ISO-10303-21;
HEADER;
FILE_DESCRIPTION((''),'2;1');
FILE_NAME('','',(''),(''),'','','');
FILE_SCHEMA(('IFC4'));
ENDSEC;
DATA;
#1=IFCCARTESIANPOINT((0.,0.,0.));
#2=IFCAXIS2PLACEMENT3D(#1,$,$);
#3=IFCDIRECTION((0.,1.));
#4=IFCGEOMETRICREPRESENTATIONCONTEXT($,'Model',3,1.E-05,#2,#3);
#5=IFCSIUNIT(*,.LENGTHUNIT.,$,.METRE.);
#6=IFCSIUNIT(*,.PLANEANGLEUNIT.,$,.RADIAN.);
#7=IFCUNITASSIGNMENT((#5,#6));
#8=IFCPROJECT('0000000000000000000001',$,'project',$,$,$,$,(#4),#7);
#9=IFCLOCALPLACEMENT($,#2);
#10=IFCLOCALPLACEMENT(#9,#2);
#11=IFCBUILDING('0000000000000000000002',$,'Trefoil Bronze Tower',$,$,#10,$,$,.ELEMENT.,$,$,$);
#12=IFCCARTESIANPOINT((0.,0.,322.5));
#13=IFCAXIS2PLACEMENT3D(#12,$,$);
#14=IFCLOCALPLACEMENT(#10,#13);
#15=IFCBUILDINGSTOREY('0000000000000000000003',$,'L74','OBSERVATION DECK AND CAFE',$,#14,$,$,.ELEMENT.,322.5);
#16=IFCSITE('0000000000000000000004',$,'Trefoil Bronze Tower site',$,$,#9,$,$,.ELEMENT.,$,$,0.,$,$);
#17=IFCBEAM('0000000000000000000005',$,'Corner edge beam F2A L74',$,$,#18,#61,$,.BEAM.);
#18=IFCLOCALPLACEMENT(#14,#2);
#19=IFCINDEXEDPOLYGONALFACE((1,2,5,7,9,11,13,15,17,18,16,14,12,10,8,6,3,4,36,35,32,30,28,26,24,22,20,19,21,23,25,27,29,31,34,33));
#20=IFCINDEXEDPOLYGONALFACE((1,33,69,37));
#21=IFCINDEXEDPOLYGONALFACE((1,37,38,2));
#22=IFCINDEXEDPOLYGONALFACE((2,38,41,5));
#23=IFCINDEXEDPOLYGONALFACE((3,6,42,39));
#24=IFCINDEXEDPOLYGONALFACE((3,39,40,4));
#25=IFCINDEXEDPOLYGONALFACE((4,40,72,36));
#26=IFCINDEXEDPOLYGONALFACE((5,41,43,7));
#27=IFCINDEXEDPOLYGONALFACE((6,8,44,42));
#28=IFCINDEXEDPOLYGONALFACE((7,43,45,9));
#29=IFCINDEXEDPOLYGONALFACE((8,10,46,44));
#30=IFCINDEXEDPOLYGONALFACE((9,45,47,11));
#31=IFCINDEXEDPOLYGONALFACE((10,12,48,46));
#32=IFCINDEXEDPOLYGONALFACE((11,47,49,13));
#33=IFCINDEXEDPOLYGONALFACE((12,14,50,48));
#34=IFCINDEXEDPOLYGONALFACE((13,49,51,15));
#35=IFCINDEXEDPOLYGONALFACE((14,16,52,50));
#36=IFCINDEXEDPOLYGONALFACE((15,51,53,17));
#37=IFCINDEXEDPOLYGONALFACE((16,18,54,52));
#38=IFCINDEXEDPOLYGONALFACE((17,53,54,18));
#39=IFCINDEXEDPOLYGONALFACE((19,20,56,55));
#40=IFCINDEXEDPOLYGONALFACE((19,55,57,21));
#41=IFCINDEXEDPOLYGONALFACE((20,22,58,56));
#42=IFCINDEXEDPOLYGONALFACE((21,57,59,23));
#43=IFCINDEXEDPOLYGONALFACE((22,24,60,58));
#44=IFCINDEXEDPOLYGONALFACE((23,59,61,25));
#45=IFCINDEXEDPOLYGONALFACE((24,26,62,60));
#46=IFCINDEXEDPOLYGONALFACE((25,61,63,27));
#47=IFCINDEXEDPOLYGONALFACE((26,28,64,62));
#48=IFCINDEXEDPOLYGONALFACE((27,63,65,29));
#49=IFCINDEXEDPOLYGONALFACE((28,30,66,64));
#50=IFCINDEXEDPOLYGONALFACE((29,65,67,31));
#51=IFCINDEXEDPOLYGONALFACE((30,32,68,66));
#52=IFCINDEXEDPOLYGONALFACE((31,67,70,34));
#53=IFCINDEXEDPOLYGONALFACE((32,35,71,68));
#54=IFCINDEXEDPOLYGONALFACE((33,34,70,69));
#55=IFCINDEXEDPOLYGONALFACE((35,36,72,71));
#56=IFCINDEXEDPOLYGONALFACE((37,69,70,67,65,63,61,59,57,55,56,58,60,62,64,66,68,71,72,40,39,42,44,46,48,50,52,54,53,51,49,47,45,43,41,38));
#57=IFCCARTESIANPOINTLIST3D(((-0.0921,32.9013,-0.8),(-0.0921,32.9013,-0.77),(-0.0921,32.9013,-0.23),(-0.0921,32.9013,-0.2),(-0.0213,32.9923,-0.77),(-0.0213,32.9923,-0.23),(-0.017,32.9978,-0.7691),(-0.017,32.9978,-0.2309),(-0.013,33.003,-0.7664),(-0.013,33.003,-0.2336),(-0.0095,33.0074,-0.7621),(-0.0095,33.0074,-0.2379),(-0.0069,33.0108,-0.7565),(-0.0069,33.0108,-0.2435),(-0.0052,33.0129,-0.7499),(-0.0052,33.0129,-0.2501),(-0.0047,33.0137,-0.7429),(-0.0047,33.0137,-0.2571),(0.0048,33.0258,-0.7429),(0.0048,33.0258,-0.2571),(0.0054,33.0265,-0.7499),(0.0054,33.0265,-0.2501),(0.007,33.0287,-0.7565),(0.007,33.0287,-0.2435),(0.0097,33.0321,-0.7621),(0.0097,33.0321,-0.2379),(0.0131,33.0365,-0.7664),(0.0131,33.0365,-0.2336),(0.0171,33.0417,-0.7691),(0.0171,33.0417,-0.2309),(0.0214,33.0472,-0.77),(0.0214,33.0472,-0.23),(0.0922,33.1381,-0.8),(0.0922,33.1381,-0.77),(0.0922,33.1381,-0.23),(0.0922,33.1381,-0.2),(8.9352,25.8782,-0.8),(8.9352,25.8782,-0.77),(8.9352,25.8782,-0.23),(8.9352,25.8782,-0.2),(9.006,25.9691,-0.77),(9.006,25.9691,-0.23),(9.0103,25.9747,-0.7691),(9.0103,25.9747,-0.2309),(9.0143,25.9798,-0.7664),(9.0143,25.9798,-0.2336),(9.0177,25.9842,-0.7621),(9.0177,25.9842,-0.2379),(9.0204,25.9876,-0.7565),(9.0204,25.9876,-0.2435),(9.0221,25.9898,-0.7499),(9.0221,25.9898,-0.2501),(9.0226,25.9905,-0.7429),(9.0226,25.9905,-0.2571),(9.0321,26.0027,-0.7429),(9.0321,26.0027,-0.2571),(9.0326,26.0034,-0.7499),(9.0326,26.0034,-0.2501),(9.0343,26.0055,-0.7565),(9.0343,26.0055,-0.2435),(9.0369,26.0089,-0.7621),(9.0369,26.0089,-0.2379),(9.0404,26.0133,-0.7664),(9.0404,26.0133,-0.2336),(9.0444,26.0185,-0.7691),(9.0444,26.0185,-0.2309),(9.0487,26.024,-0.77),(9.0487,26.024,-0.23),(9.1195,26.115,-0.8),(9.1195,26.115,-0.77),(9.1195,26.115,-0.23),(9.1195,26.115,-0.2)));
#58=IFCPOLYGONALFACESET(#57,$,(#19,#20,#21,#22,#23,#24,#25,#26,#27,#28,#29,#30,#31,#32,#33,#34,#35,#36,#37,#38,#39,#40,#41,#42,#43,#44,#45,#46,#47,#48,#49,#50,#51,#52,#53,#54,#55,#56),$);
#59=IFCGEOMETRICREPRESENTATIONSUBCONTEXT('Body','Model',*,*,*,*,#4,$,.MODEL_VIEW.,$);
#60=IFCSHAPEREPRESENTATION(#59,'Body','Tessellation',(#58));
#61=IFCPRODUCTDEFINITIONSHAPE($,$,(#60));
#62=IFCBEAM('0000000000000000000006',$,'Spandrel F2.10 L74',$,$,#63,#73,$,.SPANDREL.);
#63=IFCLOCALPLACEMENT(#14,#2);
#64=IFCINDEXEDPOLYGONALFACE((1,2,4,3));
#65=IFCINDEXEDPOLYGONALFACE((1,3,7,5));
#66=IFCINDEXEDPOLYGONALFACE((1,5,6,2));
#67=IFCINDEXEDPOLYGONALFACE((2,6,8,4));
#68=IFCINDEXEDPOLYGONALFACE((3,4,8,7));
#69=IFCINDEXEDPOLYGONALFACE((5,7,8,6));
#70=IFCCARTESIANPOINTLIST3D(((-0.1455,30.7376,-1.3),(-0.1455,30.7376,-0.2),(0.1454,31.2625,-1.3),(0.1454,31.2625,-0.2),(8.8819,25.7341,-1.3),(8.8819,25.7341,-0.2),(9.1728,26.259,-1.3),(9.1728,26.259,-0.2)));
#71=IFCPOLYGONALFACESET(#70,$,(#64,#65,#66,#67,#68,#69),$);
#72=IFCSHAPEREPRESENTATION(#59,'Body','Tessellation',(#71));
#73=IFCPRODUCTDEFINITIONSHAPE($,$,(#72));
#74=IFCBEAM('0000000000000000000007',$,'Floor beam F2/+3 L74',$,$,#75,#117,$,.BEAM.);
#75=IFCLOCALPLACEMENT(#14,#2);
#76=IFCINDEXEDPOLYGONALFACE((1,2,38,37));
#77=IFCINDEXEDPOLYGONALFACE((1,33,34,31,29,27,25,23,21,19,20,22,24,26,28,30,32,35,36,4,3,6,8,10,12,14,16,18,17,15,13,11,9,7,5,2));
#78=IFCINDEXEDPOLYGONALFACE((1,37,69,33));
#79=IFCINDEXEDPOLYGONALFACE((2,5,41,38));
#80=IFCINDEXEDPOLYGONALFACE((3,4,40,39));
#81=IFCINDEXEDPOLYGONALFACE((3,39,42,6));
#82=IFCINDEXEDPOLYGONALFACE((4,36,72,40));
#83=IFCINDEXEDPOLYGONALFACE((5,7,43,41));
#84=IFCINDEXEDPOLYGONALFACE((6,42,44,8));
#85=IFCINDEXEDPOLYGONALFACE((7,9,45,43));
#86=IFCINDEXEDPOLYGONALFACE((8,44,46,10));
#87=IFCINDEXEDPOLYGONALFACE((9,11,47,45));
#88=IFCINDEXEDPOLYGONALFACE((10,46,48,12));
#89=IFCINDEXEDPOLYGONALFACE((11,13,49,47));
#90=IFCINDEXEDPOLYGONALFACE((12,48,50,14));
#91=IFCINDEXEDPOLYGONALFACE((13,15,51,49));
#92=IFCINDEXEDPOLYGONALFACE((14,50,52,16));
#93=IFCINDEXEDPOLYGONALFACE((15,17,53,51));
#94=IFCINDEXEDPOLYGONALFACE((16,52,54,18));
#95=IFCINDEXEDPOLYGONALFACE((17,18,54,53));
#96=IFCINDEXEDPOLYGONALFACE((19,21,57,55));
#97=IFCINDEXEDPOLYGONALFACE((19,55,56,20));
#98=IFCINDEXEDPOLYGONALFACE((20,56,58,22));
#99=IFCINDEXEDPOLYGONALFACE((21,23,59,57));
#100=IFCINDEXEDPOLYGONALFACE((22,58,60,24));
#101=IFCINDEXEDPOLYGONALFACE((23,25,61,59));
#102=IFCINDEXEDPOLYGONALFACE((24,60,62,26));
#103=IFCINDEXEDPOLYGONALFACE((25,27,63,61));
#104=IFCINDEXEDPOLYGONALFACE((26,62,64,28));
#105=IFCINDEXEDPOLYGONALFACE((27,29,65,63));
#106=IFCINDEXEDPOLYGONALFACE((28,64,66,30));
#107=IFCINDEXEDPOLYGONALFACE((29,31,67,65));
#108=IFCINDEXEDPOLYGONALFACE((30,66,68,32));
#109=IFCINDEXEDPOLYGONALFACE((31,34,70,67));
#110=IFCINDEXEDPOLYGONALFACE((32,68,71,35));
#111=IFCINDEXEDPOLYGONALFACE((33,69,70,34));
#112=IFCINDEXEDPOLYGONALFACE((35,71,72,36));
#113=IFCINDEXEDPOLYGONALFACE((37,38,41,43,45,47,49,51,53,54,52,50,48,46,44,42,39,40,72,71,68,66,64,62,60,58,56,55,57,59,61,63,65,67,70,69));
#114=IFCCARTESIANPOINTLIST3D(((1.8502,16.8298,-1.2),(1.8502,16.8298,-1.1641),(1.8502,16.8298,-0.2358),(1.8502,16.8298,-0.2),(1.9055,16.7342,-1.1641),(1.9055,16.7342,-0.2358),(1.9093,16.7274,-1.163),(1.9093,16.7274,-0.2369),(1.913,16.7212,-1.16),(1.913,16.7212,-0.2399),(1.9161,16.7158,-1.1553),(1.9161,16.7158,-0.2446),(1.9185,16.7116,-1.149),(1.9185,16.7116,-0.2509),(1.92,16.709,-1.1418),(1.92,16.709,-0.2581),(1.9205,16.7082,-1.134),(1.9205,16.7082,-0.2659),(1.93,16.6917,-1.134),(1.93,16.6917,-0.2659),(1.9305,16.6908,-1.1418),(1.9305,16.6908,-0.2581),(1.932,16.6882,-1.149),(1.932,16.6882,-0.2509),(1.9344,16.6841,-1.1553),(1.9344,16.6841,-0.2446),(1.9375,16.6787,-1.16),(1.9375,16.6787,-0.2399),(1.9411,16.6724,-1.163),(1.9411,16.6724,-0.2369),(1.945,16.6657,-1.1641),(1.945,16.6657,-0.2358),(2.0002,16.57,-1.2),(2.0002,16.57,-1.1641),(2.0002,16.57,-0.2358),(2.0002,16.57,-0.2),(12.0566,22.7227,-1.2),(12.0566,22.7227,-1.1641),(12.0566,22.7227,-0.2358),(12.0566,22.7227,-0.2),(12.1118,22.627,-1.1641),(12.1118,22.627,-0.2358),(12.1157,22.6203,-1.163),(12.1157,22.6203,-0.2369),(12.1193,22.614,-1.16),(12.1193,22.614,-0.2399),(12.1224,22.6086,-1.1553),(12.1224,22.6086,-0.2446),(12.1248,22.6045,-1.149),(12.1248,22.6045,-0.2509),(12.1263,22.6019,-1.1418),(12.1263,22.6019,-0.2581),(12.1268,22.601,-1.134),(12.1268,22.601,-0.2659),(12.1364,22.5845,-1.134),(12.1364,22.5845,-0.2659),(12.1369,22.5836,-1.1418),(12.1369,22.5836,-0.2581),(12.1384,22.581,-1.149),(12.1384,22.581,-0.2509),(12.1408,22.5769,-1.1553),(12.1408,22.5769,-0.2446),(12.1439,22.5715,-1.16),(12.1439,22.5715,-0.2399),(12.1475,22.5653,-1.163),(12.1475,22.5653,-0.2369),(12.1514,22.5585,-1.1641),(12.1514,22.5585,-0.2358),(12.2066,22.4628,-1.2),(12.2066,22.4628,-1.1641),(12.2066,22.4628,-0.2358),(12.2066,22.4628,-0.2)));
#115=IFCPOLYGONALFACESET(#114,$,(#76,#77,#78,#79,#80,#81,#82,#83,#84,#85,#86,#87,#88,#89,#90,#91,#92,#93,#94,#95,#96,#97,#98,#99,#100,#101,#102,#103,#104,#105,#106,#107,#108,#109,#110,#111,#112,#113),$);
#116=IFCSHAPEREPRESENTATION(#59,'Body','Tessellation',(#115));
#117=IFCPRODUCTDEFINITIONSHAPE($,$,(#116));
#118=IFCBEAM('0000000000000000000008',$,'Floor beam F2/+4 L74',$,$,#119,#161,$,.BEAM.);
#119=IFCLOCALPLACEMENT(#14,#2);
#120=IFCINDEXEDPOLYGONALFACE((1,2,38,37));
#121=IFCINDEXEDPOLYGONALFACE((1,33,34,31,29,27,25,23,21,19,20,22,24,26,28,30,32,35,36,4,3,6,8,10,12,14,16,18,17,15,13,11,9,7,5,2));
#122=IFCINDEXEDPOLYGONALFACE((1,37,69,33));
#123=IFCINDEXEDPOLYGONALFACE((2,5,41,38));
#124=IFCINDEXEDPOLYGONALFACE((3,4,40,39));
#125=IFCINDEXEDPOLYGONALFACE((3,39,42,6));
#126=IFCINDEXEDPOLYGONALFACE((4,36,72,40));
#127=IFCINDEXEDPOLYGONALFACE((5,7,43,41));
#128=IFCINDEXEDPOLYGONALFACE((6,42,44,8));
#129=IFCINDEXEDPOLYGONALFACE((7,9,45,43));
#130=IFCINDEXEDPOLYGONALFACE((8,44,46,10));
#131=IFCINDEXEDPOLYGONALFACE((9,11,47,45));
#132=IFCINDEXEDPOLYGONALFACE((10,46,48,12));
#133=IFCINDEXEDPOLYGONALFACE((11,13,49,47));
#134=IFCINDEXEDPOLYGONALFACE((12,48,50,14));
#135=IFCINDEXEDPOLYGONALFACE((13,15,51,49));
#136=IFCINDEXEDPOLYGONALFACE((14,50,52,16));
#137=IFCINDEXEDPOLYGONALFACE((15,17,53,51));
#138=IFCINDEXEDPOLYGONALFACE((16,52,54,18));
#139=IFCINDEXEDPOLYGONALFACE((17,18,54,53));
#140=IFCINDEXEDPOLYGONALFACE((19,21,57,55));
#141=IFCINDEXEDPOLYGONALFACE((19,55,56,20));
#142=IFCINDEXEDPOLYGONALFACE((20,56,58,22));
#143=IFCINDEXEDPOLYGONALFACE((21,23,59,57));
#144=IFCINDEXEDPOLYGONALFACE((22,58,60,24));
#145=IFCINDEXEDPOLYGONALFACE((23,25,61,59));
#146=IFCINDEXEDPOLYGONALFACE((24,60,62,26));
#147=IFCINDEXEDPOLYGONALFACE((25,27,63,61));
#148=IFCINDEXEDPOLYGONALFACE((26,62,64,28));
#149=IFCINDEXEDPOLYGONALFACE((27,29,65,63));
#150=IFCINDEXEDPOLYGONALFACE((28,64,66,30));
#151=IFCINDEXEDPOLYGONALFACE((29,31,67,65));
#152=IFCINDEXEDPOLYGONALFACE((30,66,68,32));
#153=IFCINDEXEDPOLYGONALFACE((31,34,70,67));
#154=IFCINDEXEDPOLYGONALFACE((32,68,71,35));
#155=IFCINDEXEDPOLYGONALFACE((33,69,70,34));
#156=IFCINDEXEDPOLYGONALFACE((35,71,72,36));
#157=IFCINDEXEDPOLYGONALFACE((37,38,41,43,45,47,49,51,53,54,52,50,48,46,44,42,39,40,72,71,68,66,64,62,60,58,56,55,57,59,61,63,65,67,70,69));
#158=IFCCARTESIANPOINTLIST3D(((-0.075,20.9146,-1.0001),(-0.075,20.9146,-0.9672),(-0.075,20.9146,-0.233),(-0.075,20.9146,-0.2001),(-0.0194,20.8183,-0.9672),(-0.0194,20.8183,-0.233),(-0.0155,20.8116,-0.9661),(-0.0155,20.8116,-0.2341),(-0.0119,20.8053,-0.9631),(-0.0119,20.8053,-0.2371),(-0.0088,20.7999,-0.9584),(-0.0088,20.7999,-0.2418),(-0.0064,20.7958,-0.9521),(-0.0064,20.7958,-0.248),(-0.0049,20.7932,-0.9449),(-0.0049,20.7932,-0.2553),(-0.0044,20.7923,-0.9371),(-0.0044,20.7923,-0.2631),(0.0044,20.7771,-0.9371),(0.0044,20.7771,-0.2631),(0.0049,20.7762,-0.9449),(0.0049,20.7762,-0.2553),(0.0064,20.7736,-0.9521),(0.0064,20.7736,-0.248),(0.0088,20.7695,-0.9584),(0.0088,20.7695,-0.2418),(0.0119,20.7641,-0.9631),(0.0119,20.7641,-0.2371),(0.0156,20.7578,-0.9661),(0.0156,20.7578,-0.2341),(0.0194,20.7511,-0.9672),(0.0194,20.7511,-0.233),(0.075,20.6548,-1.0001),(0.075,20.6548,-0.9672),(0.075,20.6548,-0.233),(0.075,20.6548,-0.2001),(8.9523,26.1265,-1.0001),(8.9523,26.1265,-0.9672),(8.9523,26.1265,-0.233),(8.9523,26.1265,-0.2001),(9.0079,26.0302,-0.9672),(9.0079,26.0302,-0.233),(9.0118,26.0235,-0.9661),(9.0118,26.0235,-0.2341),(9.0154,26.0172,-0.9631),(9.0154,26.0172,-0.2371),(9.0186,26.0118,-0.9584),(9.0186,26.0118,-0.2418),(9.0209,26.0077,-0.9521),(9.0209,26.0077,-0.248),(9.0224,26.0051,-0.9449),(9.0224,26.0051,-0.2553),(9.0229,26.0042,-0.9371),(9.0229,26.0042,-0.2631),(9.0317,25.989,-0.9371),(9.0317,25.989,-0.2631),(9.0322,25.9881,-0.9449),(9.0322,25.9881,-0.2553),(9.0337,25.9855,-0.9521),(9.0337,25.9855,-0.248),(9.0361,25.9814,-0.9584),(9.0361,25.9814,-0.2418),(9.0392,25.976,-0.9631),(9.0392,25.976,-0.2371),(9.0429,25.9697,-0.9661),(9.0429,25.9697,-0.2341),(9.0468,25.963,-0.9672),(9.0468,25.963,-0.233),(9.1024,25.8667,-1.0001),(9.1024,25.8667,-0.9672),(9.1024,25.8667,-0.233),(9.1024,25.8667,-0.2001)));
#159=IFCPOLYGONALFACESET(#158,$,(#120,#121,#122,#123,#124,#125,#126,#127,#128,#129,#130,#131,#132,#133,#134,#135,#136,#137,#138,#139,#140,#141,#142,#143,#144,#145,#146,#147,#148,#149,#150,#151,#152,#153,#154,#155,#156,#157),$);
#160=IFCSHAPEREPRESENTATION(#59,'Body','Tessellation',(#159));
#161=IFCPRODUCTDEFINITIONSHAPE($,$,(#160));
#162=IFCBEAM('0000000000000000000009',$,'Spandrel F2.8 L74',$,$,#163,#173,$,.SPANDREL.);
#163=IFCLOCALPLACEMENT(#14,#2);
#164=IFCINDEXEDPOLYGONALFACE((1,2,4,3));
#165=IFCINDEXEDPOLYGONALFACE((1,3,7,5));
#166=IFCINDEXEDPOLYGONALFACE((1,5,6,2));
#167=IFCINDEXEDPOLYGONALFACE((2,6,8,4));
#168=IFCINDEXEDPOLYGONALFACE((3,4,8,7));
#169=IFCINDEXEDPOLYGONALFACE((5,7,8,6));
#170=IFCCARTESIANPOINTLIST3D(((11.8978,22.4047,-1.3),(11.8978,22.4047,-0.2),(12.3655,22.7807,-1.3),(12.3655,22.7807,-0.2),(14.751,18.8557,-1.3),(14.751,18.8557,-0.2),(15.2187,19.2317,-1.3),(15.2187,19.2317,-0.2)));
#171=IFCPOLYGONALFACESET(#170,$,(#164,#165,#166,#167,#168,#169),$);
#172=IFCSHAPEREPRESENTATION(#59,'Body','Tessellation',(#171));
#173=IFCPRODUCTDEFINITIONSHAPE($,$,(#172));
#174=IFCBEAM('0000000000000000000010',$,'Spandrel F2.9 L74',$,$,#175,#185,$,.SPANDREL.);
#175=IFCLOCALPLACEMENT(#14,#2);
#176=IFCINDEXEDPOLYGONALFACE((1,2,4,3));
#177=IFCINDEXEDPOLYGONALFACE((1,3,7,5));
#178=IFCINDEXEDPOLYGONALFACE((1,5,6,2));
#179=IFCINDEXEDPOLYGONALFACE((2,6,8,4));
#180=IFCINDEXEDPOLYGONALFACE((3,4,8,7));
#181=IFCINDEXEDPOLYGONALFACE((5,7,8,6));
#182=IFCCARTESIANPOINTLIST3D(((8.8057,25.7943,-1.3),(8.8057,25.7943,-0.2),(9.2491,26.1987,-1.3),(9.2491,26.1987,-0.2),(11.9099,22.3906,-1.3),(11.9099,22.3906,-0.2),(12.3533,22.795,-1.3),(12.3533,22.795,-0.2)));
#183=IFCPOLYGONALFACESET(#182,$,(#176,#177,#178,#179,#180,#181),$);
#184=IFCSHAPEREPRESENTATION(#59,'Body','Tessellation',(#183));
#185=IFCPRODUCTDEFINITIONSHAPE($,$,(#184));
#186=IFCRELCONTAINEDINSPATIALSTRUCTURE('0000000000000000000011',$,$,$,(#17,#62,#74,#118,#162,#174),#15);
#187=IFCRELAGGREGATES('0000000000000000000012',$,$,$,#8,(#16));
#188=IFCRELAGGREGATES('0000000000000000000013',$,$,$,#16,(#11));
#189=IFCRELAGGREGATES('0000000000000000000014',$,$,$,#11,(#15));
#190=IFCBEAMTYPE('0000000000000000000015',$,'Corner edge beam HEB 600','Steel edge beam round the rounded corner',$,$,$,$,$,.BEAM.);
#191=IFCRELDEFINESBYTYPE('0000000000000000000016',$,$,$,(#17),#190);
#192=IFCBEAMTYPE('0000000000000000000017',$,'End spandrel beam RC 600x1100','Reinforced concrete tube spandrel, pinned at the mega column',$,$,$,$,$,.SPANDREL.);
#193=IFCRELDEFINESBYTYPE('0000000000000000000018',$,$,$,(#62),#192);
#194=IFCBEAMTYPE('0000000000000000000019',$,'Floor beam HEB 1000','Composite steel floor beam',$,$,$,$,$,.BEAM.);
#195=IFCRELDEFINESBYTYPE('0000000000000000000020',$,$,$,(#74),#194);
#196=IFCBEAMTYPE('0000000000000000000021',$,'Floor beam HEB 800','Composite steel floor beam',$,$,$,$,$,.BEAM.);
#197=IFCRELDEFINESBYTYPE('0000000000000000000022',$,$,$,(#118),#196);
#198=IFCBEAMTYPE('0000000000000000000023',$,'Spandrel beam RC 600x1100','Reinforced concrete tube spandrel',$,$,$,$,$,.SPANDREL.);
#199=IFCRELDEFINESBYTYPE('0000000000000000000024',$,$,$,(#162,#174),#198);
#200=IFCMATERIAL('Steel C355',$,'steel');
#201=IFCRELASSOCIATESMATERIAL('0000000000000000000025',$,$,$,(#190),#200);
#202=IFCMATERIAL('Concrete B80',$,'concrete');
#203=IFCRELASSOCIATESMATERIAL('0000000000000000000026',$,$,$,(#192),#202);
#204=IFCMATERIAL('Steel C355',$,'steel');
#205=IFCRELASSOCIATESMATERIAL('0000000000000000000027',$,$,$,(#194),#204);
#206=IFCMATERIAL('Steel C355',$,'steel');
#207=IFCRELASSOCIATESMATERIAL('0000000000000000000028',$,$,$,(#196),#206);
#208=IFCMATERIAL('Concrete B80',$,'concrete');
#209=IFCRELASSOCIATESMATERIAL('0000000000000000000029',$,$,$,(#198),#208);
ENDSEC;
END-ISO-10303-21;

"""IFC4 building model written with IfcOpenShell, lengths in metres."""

from ifc_helpers import new_model, si_unit, direction, frame, origin, origin_2d, place, context, subcontext, project, spatial, rectangle, i_section, extrude, material, material_profile, profile_set, type_object, element, save


model = new_model("IFC4")

# Units and contexts
model_context = context("Model", 3, precision=1e-05, world=origin(), true_north=direction((0.0, 1.0)))
body_context = subcontext(model_context, "Body", "Model", "MODEL_VIEW")
ifc_project = project(units=[si_unit("LENGTHUNIT", "METRE"), si_unit("PLANEANGLEUNIT", "RADIAN")], contexts=[model_context])

# Site, building, storey
site_placement = place(None, origin())
site = spatial("IfcSite", under=ifc_project, at=site_placement, Name="Trefoil Bronze Tower site", CompositionType="ELEMENT", RefElevation=0.0)
building_placement = place(site_placement, origin())
building = spatial("IfcBuilding", under=site, at=building_placement, Name="Trefoil Bronze Tower", CompositionType="ELEMENT")
storey_placement = place(building_placement, frame((0.0, 0.0, 322.5)))
storey = spatial("IfcBuildingStorey", under=building, at=storey_placement, Name="L74", Description="OBSERVATION DECK AND CAFE", CompositionType="ELEMENT", Elevation=322.5)

# Beams
ifc_material_1 = material(Name="Steel C355", Category="steel")
ifc_material_profile_1 = material_profile(ifc_material_1, i_section(OverallWidth=0.3, OverallDepth=0.6001, WebThickness=0.0154, FlangeThickness=0.03, FilletRadius=0.0271, at=origin_2d()), Name="HEB 600")
ifc_profile_set_1 = profile_set([ifc_material_profile_1], Name="Steel C355")
beam_type_1 = type_object("IfcBeamType", Name="Corner edge beam HEB 600", Description="Steel edge beam round the rounded corner", PredefinedType="BEAM", material=ifc_profile_set_1)
beam_1_placement = place(storey_placement, frame((9.0273, 25.9966, -0.5), z_axis=(-0.789271, 0.614046, 0.0), x_axis=(-0.614046, -0.789271, 0.0)))
element("IfcBeam", 1, at=beam_1_placement, inside=storey, type_object=beam_type_1, Name="Corner edge beam F2A L74", PredefinedType="BEAM", context=body_context, shape_type="SweptSolid", body=[
    extrude(i_section(OverallWidth=0.3, OverallDepth=0.6001, WebThickness=0.0154, FlangeThickness=0.03, FilletRadius=0.0271, at=origin_2d()), origin(), (0.0, 0.0, 1.0), 11.4375),
])
ifc_material_2 = material(Name="Concrete B80", Category="concrete")
ifc_material_profile_2 = material_profile(ifc_material_2, rectangle(XDim=0.6001, YDim=1.1001, at=origin_2d()), Name="RC 600x1100")
ifc_profile_set_2 = profile_set([ifc_material_profile_2], Name="Concrete B80")
beam_type_2 = type_object("IfcBeamType", Name="End spandrel beam RC 600x1100", Description="Reinforced concrete tube spandrel, pinned at the mega column", PredefinedType="SPANDREL", material=ifc_profile_set_2)
beam_2_placement = place(storey_placement, frame((9.0273, 25.9966, -0.75), z_axis=(-0.874641, 0.484771, 0.0), x_axis=(-0.484771, -0.874641, 0.0)))
element("IfcBeam", 2, at=beam_2_placement, inside=storey, type_object=beam_type_2, Name="Spandrel F2.10 L74", PredefinedType="SPANDREL", context=body_context, shape_type="SweptSolid", body=[
    extrude(rectangle(XDim=0.6001, YDim=1.1001, at=origin_2d()), origin(), (0.0, 0.0, 1.0), 10.3213),
])
ifc_material_3 = material(Name="Steel C355", Category="steel")
ifc_material_profile_3 = material_profile(ifc_material_3, i_section(OverallWidth=0.3, OverallDepth=1.0, WebThickness=0.019, FlangeThickness=0.0359, FilletRadius=0.03, at=origin_2d()), Name="HEB 1000")
ifc_profile_set_3 = profile_set([ifc_material_profile_3], Name="Steel C355")
beam_type_3 = type_object("IfcBeamType", Name="Floor beam HEB 1000", Description="Composite steel floor beam", PredefinedType="BEAM", material=ifc_profile_set_3)
beam_3_placement = place(storey_placement, frame((12.1316, 22.5928, -0.7), z_axis=(-0.866018, -0.500014, 0.0), x_axis=(0.500014, -0.866018, 0.0)))
element("IfcBeam", 3, at=beam_3_placement, inside=storey, type_object=beam_type_3, Name="Floor beam F2/+3 L74", PredefinedType="BEAM", context=body_context, shape_type="SweptSolid", body=[
    extrude(i_section(OverallWidth=0.3, OverallDepth=1.0, WebThickness=0.019, FlangeThickness=0.0359, FilletRadius=0.03, at=origin_2d()), origin(), (0.0, 0.0, 1.0), 11.7854),
])
ifc_material_4 = material(Name="Steel C355", Category="steel")
ifc_material_profile_4 = material_profile(ifc_material_4, i_section(OverallWidth=0.3, OverallDepth=0.8, WebThickness=0.0176, FlangeThickness=0.033, FilletRadius=0.03, at=origin_2d()), Name="HEB 800")
ifc_profile_set_4 = profile_set([ifc_material_profile_4], Name="Steel C355")
beam_type_4 = type_object("IfcBeamType", Name="Floor beam HEB 800", Description="Composite steel floor beam", PredefinedType="BEAM", material=ifc_profile_set_4)
beam_4_placement = place(storey_placement, frame((9.0273, 25.9966, -0.6001), z_axis=(-0.866026, -0.499998, 0.0), x_axis=(0.499998, -0.866026, 0.0)))
element("IfcBeam", 4, at=beam_4_placement, inside=storey, type_object=beam_type_4, Name="Floor beam F2/+4 L74", PredefinedType="BEAM", context=body_context, shape_type="SweptSolid", body=[
    extrude(i_section(OverallWidth=0.3, OverallDepth=0.8, WebThickness=0.0176, FlangeThickness=0.033, FilletRadius=0.03, at=origin_2d()), origin(), (0.0, 0.0, 1.0), 10.4238),
])
ifc_material_5 = material(Name="Concrete B80", Category="concrete")
ifc_material_profile_5 = material_profile(ifc_material_5, rectangle(XDim=0.6001, YDim=1.1001, at=origin_2d()), Name="RC 600x1100")
ifc_profile_set_5 = profile_set([ifc_material_profile_5], Name="Concrete B80")
beam_type_5 = type_object("IfcBeamType", Name="Spandrel beam RC 600x1100", Description="Reinforced concrete tube spandrel", PredefinedType="SPANDREL", material=ifc_profile_set_5)
beam_5_placement = place(storey_placement, frame((14.9849, 19.0437, -0.75), z_axis=(-0.62657, 0.779365, 0.0), x_axis=(-0.779365, -0.62657, 0.0)))
element("IfcBeam", 5, at=beam_5_placement, inside=storey, type_object=beam_type_5, Name="Spandrel F2.8 L74", PredefinedType="SPANDREL", context=body_context, shape_type="SweptSolid", body=[
    extrude(rectangle(XDim=0.6001, YDim=1.1001, at=origin_2d()), origin(), (0.0, 0.0, 1.0), 4.5537),
])
beam_6_placement = place(storey_placement, frame((12.1316, 22.5928, -0.75), z_axis=(-0.673846, 0.738872, 0.0), x_axis=(-0.738872, -0.673846, 0.0)))
element("IfcBeam", 6, at=beam_6_placement, inside=storey, type_object=beam_type_5, Name="Spandrel F2.9 L74", PredefinedType="SPANDREL", context=body_context, shape_type="SweptSolid", body=[
    extrude(rectangle(XDim=0.6001, YDim=1.1001, at=origin_2d()), origin(), (0.0, 0.0, 1.0), 4.6067),
])

save(model, "model.ifc")
